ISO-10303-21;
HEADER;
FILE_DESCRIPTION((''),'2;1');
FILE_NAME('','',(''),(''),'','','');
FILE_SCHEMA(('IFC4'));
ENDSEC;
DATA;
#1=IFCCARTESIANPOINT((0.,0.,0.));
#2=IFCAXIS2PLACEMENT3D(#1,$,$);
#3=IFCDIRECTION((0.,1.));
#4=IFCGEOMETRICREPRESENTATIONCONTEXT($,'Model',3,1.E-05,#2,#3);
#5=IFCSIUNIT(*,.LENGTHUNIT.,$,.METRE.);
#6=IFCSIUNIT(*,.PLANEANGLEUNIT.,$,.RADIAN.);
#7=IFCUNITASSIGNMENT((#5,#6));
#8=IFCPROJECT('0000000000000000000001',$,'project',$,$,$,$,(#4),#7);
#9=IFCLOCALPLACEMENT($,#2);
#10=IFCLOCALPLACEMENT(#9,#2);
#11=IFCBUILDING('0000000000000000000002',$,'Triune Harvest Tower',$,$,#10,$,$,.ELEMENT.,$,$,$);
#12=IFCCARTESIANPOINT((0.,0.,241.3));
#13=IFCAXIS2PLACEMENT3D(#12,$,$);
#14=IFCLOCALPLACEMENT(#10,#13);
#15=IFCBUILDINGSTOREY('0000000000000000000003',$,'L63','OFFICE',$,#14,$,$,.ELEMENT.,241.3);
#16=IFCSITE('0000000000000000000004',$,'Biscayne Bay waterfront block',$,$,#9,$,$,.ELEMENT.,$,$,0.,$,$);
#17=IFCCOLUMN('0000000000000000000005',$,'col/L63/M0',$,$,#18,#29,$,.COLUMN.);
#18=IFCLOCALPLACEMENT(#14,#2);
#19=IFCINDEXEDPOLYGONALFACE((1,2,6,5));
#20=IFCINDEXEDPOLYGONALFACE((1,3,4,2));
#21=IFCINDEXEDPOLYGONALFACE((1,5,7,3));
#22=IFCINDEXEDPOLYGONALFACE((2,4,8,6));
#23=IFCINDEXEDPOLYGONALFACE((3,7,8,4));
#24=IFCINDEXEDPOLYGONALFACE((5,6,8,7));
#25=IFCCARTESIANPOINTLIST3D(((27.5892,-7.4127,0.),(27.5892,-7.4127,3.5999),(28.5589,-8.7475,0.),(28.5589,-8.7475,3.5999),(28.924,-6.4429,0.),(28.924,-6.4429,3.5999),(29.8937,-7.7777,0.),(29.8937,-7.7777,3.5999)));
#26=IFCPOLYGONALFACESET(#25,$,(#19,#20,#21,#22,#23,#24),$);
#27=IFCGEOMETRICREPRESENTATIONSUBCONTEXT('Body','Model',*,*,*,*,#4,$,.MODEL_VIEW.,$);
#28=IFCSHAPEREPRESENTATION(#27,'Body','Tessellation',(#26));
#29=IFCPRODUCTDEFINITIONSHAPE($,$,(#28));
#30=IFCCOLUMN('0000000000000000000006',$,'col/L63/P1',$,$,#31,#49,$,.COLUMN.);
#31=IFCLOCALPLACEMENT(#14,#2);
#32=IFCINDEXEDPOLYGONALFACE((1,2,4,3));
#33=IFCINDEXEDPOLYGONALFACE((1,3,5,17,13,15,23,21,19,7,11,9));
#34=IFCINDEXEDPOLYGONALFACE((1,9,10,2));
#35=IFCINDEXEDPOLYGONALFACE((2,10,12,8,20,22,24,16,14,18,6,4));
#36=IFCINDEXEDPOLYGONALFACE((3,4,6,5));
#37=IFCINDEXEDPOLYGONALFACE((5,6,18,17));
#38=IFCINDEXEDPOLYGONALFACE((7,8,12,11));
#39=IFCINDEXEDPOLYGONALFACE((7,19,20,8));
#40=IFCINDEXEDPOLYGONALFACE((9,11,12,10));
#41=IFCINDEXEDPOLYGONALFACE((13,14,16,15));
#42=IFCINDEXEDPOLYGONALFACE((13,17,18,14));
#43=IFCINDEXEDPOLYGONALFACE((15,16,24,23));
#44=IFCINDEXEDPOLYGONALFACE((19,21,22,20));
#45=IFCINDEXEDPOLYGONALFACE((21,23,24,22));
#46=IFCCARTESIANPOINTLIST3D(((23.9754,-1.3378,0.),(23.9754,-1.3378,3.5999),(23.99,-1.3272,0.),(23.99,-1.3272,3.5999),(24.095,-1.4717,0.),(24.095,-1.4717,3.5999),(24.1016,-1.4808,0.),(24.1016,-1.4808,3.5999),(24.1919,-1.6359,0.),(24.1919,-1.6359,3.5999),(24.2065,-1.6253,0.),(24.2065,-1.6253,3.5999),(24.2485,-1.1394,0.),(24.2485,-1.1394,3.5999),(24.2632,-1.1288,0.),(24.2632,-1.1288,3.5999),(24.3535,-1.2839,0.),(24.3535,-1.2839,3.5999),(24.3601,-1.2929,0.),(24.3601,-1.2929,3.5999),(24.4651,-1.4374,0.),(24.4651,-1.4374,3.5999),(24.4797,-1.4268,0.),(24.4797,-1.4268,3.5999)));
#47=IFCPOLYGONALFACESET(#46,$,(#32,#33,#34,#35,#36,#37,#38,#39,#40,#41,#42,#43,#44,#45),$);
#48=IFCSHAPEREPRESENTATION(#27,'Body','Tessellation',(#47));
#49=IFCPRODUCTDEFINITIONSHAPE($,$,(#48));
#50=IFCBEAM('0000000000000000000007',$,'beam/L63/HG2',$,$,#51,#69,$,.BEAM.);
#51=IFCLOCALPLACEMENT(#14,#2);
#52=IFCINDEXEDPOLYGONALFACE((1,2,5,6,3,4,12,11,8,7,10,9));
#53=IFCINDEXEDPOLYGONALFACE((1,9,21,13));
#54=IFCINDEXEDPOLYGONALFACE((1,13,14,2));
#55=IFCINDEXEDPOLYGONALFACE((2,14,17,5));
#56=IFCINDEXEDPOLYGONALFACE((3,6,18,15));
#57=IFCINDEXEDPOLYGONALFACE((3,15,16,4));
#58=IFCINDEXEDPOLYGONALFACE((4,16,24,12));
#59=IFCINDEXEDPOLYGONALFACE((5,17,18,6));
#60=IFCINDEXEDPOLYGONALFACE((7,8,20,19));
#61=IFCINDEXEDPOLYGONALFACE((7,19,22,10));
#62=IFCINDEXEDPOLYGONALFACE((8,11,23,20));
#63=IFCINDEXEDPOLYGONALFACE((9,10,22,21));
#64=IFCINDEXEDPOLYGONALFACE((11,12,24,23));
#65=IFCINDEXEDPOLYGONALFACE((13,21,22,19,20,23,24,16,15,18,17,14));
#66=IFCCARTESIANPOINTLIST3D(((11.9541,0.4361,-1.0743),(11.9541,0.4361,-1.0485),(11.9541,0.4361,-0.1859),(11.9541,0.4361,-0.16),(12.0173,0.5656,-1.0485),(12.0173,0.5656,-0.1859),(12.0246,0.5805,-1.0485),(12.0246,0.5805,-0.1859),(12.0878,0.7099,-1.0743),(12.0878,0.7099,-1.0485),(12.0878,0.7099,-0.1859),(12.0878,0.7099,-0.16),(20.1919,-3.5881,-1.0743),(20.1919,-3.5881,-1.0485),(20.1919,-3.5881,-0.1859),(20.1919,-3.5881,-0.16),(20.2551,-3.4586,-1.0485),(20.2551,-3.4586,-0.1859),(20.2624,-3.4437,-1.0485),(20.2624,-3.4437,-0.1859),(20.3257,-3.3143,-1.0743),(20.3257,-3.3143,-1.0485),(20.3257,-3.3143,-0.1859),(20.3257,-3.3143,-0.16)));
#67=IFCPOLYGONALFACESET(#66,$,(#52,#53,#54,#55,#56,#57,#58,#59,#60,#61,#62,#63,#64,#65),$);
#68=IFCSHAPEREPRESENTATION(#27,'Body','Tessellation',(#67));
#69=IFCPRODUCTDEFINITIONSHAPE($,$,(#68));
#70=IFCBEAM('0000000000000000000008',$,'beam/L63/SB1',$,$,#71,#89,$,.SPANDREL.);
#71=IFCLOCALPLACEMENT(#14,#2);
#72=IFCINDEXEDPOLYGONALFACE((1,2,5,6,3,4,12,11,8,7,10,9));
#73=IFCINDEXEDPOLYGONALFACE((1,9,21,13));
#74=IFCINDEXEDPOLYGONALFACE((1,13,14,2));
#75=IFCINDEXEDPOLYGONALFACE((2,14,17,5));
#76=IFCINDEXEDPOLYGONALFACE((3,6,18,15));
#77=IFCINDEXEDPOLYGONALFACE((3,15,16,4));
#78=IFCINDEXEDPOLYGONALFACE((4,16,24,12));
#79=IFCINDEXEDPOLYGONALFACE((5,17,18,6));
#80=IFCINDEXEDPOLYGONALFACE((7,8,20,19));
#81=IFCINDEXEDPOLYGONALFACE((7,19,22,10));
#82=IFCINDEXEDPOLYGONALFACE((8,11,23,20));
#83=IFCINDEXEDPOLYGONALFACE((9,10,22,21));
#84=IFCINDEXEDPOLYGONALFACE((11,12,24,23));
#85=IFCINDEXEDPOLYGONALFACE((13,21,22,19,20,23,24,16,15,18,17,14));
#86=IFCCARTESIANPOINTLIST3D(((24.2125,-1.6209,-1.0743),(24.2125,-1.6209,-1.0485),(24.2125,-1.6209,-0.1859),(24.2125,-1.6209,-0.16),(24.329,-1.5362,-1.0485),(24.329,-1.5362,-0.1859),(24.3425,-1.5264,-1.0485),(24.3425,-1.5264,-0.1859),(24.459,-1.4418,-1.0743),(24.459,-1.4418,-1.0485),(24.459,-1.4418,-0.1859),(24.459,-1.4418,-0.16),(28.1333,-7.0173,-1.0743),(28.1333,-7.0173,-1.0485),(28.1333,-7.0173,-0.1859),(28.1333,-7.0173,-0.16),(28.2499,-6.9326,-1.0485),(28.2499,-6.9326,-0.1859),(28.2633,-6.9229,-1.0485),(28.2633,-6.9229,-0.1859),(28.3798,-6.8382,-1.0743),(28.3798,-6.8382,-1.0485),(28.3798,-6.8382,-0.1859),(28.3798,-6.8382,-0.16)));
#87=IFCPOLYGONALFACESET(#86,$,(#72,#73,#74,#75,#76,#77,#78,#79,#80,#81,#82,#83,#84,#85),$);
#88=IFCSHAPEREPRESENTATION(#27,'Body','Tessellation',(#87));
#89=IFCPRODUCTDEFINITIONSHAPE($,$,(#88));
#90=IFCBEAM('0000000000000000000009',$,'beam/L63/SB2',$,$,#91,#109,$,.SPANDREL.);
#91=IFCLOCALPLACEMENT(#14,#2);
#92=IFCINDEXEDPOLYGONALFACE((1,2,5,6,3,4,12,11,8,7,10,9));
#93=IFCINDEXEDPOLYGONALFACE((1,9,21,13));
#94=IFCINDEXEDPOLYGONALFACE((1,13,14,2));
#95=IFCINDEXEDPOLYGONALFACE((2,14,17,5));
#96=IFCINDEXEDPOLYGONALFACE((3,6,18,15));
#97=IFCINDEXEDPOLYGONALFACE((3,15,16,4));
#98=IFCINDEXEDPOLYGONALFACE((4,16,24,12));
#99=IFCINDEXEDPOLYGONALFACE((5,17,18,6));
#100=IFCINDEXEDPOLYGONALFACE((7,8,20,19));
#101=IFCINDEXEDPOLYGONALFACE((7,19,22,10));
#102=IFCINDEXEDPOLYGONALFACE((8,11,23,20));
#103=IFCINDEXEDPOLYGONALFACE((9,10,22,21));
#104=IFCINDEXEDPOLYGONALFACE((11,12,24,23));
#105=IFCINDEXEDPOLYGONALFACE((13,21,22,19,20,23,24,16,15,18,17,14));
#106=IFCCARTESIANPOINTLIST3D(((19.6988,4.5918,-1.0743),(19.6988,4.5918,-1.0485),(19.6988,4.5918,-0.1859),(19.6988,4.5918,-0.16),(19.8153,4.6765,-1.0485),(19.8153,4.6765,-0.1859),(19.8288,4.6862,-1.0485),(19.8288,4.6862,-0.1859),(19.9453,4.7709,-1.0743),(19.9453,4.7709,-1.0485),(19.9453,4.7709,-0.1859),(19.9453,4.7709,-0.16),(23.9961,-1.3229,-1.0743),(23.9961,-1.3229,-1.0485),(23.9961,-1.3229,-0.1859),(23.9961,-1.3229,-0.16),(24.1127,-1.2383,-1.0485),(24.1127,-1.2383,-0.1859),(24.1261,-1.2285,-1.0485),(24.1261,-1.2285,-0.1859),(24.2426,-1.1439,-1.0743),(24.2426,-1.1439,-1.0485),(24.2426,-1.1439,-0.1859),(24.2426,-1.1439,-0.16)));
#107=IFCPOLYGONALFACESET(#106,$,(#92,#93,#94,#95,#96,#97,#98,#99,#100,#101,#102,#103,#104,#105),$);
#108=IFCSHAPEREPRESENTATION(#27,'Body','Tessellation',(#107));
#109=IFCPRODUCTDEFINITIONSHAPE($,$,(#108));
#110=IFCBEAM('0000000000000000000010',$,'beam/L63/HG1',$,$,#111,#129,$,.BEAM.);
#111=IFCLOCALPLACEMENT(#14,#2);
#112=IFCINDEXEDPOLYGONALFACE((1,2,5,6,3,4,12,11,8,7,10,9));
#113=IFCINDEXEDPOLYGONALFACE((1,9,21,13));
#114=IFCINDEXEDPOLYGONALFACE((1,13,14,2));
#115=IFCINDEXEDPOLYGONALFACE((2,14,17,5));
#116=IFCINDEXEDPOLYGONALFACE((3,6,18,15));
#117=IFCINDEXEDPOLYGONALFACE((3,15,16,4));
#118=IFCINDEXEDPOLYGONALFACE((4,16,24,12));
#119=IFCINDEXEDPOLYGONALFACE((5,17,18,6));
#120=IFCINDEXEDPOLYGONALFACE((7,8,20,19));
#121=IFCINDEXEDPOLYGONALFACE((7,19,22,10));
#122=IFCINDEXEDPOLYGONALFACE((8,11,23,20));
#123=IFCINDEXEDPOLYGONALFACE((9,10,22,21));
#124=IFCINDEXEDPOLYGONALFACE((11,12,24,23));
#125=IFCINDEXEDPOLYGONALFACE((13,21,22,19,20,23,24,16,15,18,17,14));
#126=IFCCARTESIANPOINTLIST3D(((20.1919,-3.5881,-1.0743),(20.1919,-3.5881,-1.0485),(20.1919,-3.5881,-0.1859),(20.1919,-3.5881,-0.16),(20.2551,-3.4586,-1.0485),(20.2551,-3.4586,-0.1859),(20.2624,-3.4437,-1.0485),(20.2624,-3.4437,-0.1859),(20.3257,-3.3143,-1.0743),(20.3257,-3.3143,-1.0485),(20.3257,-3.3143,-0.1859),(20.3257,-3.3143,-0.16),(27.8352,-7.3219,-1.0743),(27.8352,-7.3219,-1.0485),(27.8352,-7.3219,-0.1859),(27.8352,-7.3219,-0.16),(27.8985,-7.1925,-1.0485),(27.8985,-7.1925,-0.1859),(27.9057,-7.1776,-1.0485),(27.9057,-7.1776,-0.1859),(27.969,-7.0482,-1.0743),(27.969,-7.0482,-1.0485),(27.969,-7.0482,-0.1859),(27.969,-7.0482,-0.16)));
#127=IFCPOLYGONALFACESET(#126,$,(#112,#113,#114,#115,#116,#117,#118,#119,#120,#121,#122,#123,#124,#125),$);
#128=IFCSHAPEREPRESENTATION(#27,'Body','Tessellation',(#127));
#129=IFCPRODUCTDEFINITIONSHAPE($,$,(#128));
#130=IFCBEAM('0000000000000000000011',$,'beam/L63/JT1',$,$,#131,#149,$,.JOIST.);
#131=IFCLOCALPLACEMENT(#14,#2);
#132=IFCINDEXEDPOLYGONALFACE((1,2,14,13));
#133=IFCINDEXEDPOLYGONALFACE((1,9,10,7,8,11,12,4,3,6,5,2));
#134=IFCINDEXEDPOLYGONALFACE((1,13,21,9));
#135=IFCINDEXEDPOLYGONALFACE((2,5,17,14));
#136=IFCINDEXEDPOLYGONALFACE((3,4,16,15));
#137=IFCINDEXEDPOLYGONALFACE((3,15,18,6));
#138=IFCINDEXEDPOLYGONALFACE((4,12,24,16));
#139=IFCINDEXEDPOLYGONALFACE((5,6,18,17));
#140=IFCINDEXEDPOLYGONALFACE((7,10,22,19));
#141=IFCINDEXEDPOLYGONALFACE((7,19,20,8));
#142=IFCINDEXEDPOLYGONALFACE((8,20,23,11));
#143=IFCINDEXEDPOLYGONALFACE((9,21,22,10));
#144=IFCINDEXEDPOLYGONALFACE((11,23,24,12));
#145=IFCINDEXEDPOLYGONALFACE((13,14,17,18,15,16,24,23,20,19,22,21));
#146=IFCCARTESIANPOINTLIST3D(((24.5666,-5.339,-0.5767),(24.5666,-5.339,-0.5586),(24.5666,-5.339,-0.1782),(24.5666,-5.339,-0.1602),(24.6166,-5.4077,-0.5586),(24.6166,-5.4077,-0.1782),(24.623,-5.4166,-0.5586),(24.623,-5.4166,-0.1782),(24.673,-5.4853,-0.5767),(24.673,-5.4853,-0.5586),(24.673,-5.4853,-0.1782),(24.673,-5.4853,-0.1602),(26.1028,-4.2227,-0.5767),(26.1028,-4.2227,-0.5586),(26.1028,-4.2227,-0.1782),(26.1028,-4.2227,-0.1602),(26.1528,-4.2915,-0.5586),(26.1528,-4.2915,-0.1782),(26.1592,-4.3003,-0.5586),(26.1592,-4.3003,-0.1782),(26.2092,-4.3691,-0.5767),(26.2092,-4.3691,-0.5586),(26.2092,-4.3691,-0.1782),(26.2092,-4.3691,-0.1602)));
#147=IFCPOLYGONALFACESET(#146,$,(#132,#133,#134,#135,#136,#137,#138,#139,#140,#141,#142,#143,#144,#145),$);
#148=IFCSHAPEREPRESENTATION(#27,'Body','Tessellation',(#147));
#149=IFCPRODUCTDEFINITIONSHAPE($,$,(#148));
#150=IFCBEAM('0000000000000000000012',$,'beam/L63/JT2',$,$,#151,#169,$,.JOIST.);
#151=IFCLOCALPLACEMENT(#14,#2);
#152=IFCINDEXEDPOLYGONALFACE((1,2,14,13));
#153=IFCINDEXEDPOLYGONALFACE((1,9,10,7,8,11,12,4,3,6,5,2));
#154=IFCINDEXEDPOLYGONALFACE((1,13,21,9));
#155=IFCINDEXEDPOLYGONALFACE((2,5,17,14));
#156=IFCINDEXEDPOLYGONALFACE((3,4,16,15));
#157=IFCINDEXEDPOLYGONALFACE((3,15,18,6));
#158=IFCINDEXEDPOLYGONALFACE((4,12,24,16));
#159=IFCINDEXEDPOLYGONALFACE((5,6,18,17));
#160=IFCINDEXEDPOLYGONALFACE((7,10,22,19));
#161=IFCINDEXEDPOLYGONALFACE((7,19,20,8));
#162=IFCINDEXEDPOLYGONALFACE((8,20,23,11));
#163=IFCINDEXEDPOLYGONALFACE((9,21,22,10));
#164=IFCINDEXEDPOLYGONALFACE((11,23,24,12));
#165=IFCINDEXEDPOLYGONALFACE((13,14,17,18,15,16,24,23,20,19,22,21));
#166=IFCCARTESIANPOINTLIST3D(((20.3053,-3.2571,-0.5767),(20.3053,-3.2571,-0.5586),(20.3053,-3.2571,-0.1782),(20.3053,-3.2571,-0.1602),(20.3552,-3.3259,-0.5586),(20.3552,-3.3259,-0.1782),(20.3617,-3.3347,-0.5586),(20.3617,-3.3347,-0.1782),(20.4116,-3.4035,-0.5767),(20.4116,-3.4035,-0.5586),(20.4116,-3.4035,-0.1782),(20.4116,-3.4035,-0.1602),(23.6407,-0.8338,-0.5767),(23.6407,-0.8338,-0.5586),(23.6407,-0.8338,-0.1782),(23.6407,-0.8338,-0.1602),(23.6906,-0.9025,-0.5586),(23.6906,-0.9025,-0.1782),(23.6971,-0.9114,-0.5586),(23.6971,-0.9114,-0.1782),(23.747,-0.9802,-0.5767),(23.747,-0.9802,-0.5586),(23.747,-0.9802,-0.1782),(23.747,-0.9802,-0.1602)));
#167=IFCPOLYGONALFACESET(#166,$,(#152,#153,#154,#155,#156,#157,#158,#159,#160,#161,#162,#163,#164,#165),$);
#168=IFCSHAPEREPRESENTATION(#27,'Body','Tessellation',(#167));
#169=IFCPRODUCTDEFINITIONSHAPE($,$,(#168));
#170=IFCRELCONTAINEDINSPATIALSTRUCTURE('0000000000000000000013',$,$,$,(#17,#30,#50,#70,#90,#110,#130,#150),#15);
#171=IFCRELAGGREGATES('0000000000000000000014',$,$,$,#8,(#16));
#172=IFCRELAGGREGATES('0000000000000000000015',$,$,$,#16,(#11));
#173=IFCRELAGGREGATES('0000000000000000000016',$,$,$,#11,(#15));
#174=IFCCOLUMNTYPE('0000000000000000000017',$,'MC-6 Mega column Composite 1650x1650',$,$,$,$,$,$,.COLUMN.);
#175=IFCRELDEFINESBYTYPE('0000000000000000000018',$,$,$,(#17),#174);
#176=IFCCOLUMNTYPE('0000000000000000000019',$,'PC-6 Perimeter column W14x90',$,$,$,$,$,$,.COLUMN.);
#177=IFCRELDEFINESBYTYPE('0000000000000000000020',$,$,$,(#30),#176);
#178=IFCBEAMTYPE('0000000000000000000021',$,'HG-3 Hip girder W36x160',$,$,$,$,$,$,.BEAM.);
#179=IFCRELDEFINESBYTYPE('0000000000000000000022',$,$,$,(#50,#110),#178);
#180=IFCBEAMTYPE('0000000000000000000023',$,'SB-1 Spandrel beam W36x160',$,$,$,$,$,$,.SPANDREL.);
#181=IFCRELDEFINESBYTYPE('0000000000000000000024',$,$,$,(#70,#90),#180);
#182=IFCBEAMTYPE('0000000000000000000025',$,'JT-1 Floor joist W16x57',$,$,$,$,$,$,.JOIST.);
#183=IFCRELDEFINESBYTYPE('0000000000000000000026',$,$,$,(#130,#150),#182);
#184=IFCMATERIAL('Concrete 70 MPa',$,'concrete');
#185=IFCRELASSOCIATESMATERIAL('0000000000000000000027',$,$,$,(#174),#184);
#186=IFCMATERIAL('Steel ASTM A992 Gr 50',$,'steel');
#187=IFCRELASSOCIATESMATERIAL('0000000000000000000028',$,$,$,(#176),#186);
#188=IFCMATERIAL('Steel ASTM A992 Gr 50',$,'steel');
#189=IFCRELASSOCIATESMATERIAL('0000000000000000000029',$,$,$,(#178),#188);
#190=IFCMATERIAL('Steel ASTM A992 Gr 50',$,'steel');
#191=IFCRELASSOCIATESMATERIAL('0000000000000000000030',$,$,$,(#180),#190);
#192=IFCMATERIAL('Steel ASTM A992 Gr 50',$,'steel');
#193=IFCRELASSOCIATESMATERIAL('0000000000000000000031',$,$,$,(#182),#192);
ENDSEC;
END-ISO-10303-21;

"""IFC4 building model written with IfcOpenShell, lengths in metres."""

from ifc_helpers import new_model, si_unit, direction, frame, origin, origin_2d, place, context, subcontext, project, spatial, rectangle, i_section, extrude, source, transform, mapped, material, material_profile, profile_set, type_object, element, save


model = new_model("IFC4")

# Units and contexts
model_context = context("Model", 3, precision=1e-05, world=origin(), true_north=direction((0.0, 1.0)))
body_context = subcontext(model_context, "Body", "Model", "MODEL_VIEW")
ifc_project = project(units=[si_unit("LENGTHUNIT", "METRE"), si_unit("PLANEANGLEUNIT", "RADIAN")], contexts=[model_context])

# Site, building, storey
site_placement = place(None, origin())
site = spatial("IfcSite", under=ifc_project, at=site_placement, Name="Biscayne Bay waterfront block", CompositionType="ELEMENT", RefElevation=0.0)
building_placement = place(site_placement, origin())
building = spatial("IfcBuilding", under=site, at=building_placement, Name="Triune Harvest Tower", CompositionType="ELEMENT")
storey_placement = place(building_placement, frame((0.0, 0.0, 241.3)))
storey = spatial("IfcBuildingStorey", under=building, at=storey_placement, Name="L63", Description="OFFICE", CompositionType="ELEMENT", Elevation=241.3)

# Columns
ifc_material_1 = material(Name="Concrete 70 MPa", Category="concrete")
ifc_material_profile_1 = material_profile(ifc_material_1, rectangle(XDim=1.6499, YDim=1.6499, at=origin_2d()), Name="Composite 1650x1650")
ifc_profile_set_1 = profile_set([ifc_material_profile_1], Name="Concrete 70 MPa")
column_type_1 = type_object("IfcColumnType", Name="MC-6 Mega column Composite 1650x1650", PredefinedType="COLUMN", material=ifc_profile_set_1)
shared_shape_1 = source(origin(), body_context, "Body", "SweptSolid", [
    extrude(rectangle(XDim=1.6499, YDim=1.6499, at=origin_2d()), origin(), (0.0, 0.0, 1.0), 3.5999),
])
column_1_placement = place(storey_placement, frame((28.7415, -7.5952, 0.0), z_axis=(0.0, 0.0, 1.0), x_axis=(-0.587785, 0.809017, 0.0)))
element("IfcColumn", 1, at=column_1_placement, inside=storey, type_object=column_type_1, Name="col/L63/M0", PredefinedType="COLUMN", context=body_context, shape_type="MappedRepresentation", body=[
    mapped(shared_shape_1, transform((0.0, 0.0, 0.0), scale=1.0)),
])
ifc_material_2 = material(Name="Steel ASTM A992 Gr 50", Category="steel")
ifc_material_profile_2 = material_profile(ifc_material_2, i_section(OverallWidth=0.3684, OverallDepth=0.3557, WebThickness=0.0112, FlangeThickness=0.0181, at=origin_2d()), Name="W14x90")
ifc_profile_set_2 = profile_set([ifc_material_profile_2], Name="Steel ASTM A992 Gr 50")
column_type_2 = type_object("IfcColumnType", Name="PC-6 Perimeter column W14x90", PredefinedType="COLUMN", material=ifc_profile_set_2)
shared_shape_2 = source(origin(), body_context, "Body", "SweptSolid", [
    extrude(i_section(OverallWidth=0.3684, OverallDepth=0.3557, WebThickness=0.0112, FlangeThickness=0.0181, at=origin_2d()), origin(), (0.0, 0.0, 1.0), 3.5999),
])
column_2_placement = place(storey_placement, frame((24.2275, -1.3823, 0.0), z_axis=(0.0, 0.0, 1.0), x_axis=(-0.587785, 0.809017, 0.0)))
element("IfcColumn", 2, at=column_2_placement, inside=storey, type_object=column_type_2, Name="col/L63/P1", PredefinedType="COLUMN", context=body_context, shape_type="MappedRepresentation", body=[
    mapped(shared_shape_2, transform((0.0, 0.0, 0.0), scale=1.0)),
])

# Beams
ifc_material_3 = material(Name="Steel ASTM A992 Gr 50", Category="steel")
ifc_material_profile_3 = material_profile(ifc_material_3, i_section(OverallWidth=0.3047, OverallDepth=0.9143, WebThickness=0.0166, FlangeThickness=0.0259, at=origin_2d()), Name="W36x160")
ifc_profile_set_3 = profile_set([ifc_material_profile_3], Name="Steel ASTM A992 Gr 50")
beam_type_1 = type_object("IfcBeamType", Name="HG-3 Hip girder W36x160", PredefinedType="BEAM", material=ifc_profile_set_3)
shared_shape_3 = source(origin(), body_context, "Body", "SweptSolid", [
    extrude(i_section(OverallWidth=0.3047, OverallDepth=0.9143, WebThickness=0.0166, FlangeThickness=0.0259, at=origin_2d()), origin(), (0.0, 0.0, 1.0), 9.1682),
])
beam_1_placement = place(storey_placement, frame((20.2588, -3.4512, -0.6172), z_axis=(-0.898522, 0.438929, 0.0), x_axis=(-0.438929, -0.898522, 0.0)))
element("IfcBeam", 3, at=beam_1_placement, inside=storey, type_object=beam_type_1, Name="beam/L63/HG2", PredefinedType="BEAM", context=body_context, shape_type="MappedRepresentation", body=[
    mapped(shared_shape_3, transform((0.0, 0.0, 0.0), scale=1.0)),
])
ifc_material_4 = material(Name="Steel ASTM A992 Gr 50", Category="steel")
ifc_material_profile_4 = material_profile(ifc_material_4, i_section(OverallWidth=0.3047, OverallDepth=0.9143, WebThickness=0.0166, FlangeThickness=0.0259, at=origin_2d()), Name="W36x160")
ifc_profile_set_4 = profile_set([ifc_material_profile_4], Name="Steel ASTM A992 Gr 50")
beam_type_2 = type_object("IfcBeamType", Name="SB-1 Spandrel beam W36x160", PredefinedType="SPANDREL", material=ifc_profile_set_4)
shared_shape_4 = source(origin(), body_context, "Body", "SweptSolid", [
    extrude(i_section(OverallWidth=0.3047, OverallDepth=0.9143, WebThickness=0.0166, FlangeThickness=0.0259, at=origin_2d()), origin(), (0.0, 0.0, 1.0), 6.6704),
])
beam_2_placement = place(storey_placement, frame((28.2566, -6.9277, -0.6172), z_axis=(-0.587797, 0.809008, 0.0), x_axis=(-0.809008, -0.587797, 0.0)))
element("IfcBeam", 4, at=beam_2_placement, inside=storey, type_object=beam_type_2, Name="beam/L63/SB1", PredefinedType="SPANDREL", context=body_context, shape_type="MappedRepresentation", body=[
    mapped(shared_shape_4, transform((0.0, 0.0, 0.0), scale=1.0)),
])
shared_shape_5 = source(origin(), body_context, "Body", "SweptSolid", [
    extrude(i_section(OverallWidth=0.3047, OverallDepth=0.9143, WebThickness=0.0166, FlangeThickness=0.0259, at=origin_2d()), origin(), (0.0, 0.0, 1.0), 7.311),
])
beam_3_placement = place(storey_placement, frame((24.1194, -1.2334, -0.6172), z_axis=(-0.587786, 0.809016, 0.0), x_axis=(-0.809016, -0.587786, 0.0)))
element("IfcBeam", 5, at=beam_3_placement, inside=storey, type_object=beam_type_2, Name="beam/L63/SB2", PredefinedType="SPANDREL", context=body_context, shape_type="MappedRepresentation", body=[
    mapped(shared_shape_5, transform((0.0, 0.0, 0.0), scale=1.0)),
])
shared_shape_6 = source(origin(), body_context, "Body", "SweptSolid", [
    extrude(i_section(OverallWidth=0.3047, OverallDepth=0.9143, WebThickness=0.0166, FlangeThickness=0.0259, at=origin_2d()), origin(), (0.0, 0.0, 1.0), 8.5066),
])
beam_4_placement = place(storey_placement, frame((27.9021, -7.1851, -0.6172), z_axis=(-0.898516, 0.43894, 0.0), x_axis=(-0.43894, -0.898516, 0.0)))
element("IfcBeam", 6, at=beam_4_placement, inside=storey, type_object=beam_type_1, Name="beam/L63/HG1", PredefinedType="BEAM", context=body_context, shape_type="MappedRepresentation", body=[
    mapped(shared_shape_6, transform((0.0, 0.0, 0.0), scale=1.0)),
])
ifc_material_5 = material(Name="Steel ASTM A992 Gr 50", Category="steel")
ifc_material_profile_5 = material_profile(ifc_material_5, i_section(OverallWidth=0.1809, OverallDepth=0.4165, WebThickness=0.011, FlangeThickness=0.0181, at=origin_2d()), Name="W16x57")
ifc_profile_set_5 = profile_set([ifc_material_profile_5], Name="Steel ASTM A992 Gr 50")
beam_type_3 = type_object("IfcBeamType", Name="JT-1 Floor joist W16x57", PredefinedType="JOIST", material=ifc_profile_set_5)
shared_shape_7 = source(origin(), body_context, "Body", "SweptSolid", [
    extrude(i_section(OverallWidth=0.1809, OverallDepth=0.4165, WebThickness=0.011, FlangeThickness=0.0181, at=origin_2d()), origin(), (0.0, 0.0, 1.0), 1.8989),
])
beam_5_placement = place(storey_placement, frame((26.156, -4.2959, -0.3684), z_axis=(-0.808981, -0.587835, 0.0), x_axis=(0.587835, -0.808981, 0.0)))
element("IfcBeam", 7, at=beam_5_placement, inside=storey, type_object=beam_type_3, Name="beam/L63/JT1", PredefinedType="JOIST", context=body_context, shape_type="MappedRepresentation", body=[
    mapped(shared_shape_7, transform((0.0, 0.0, 0.0), scale=1.0)),
])
shared_shape_8 = source(origin(), body_context, "Body", "SweptSolid", [
    extrude(i_section(OverallWidth=0.1809, OverallDepth=0.4165, WebThickness=0.011, FlangeThickness=0.0181, at=origin_2d()), origin(), (0.0, 0.0, 1.0), 4.1228),
])
beam_6_placement = place(storey_placement, frame((23.6938, -0.907, -0.3684), z_axis=(-0.809018, -0.587784, 0.0), x_axis=(0.587784, -0.809018, 0.0)))
element("IfcBeam", 8, at=beam_6_placement, inside=storey, type_object=beam_type_3, Name="beam/L63/JT2", PredefinedType="JOIST", context=body_context, shape_type="MappedRepresentation", body=[
    mapped(shared_shape_8, transform((0.0, 0.0, 0.0), scale=1.0)),
])

save(model, "model.ifc")
